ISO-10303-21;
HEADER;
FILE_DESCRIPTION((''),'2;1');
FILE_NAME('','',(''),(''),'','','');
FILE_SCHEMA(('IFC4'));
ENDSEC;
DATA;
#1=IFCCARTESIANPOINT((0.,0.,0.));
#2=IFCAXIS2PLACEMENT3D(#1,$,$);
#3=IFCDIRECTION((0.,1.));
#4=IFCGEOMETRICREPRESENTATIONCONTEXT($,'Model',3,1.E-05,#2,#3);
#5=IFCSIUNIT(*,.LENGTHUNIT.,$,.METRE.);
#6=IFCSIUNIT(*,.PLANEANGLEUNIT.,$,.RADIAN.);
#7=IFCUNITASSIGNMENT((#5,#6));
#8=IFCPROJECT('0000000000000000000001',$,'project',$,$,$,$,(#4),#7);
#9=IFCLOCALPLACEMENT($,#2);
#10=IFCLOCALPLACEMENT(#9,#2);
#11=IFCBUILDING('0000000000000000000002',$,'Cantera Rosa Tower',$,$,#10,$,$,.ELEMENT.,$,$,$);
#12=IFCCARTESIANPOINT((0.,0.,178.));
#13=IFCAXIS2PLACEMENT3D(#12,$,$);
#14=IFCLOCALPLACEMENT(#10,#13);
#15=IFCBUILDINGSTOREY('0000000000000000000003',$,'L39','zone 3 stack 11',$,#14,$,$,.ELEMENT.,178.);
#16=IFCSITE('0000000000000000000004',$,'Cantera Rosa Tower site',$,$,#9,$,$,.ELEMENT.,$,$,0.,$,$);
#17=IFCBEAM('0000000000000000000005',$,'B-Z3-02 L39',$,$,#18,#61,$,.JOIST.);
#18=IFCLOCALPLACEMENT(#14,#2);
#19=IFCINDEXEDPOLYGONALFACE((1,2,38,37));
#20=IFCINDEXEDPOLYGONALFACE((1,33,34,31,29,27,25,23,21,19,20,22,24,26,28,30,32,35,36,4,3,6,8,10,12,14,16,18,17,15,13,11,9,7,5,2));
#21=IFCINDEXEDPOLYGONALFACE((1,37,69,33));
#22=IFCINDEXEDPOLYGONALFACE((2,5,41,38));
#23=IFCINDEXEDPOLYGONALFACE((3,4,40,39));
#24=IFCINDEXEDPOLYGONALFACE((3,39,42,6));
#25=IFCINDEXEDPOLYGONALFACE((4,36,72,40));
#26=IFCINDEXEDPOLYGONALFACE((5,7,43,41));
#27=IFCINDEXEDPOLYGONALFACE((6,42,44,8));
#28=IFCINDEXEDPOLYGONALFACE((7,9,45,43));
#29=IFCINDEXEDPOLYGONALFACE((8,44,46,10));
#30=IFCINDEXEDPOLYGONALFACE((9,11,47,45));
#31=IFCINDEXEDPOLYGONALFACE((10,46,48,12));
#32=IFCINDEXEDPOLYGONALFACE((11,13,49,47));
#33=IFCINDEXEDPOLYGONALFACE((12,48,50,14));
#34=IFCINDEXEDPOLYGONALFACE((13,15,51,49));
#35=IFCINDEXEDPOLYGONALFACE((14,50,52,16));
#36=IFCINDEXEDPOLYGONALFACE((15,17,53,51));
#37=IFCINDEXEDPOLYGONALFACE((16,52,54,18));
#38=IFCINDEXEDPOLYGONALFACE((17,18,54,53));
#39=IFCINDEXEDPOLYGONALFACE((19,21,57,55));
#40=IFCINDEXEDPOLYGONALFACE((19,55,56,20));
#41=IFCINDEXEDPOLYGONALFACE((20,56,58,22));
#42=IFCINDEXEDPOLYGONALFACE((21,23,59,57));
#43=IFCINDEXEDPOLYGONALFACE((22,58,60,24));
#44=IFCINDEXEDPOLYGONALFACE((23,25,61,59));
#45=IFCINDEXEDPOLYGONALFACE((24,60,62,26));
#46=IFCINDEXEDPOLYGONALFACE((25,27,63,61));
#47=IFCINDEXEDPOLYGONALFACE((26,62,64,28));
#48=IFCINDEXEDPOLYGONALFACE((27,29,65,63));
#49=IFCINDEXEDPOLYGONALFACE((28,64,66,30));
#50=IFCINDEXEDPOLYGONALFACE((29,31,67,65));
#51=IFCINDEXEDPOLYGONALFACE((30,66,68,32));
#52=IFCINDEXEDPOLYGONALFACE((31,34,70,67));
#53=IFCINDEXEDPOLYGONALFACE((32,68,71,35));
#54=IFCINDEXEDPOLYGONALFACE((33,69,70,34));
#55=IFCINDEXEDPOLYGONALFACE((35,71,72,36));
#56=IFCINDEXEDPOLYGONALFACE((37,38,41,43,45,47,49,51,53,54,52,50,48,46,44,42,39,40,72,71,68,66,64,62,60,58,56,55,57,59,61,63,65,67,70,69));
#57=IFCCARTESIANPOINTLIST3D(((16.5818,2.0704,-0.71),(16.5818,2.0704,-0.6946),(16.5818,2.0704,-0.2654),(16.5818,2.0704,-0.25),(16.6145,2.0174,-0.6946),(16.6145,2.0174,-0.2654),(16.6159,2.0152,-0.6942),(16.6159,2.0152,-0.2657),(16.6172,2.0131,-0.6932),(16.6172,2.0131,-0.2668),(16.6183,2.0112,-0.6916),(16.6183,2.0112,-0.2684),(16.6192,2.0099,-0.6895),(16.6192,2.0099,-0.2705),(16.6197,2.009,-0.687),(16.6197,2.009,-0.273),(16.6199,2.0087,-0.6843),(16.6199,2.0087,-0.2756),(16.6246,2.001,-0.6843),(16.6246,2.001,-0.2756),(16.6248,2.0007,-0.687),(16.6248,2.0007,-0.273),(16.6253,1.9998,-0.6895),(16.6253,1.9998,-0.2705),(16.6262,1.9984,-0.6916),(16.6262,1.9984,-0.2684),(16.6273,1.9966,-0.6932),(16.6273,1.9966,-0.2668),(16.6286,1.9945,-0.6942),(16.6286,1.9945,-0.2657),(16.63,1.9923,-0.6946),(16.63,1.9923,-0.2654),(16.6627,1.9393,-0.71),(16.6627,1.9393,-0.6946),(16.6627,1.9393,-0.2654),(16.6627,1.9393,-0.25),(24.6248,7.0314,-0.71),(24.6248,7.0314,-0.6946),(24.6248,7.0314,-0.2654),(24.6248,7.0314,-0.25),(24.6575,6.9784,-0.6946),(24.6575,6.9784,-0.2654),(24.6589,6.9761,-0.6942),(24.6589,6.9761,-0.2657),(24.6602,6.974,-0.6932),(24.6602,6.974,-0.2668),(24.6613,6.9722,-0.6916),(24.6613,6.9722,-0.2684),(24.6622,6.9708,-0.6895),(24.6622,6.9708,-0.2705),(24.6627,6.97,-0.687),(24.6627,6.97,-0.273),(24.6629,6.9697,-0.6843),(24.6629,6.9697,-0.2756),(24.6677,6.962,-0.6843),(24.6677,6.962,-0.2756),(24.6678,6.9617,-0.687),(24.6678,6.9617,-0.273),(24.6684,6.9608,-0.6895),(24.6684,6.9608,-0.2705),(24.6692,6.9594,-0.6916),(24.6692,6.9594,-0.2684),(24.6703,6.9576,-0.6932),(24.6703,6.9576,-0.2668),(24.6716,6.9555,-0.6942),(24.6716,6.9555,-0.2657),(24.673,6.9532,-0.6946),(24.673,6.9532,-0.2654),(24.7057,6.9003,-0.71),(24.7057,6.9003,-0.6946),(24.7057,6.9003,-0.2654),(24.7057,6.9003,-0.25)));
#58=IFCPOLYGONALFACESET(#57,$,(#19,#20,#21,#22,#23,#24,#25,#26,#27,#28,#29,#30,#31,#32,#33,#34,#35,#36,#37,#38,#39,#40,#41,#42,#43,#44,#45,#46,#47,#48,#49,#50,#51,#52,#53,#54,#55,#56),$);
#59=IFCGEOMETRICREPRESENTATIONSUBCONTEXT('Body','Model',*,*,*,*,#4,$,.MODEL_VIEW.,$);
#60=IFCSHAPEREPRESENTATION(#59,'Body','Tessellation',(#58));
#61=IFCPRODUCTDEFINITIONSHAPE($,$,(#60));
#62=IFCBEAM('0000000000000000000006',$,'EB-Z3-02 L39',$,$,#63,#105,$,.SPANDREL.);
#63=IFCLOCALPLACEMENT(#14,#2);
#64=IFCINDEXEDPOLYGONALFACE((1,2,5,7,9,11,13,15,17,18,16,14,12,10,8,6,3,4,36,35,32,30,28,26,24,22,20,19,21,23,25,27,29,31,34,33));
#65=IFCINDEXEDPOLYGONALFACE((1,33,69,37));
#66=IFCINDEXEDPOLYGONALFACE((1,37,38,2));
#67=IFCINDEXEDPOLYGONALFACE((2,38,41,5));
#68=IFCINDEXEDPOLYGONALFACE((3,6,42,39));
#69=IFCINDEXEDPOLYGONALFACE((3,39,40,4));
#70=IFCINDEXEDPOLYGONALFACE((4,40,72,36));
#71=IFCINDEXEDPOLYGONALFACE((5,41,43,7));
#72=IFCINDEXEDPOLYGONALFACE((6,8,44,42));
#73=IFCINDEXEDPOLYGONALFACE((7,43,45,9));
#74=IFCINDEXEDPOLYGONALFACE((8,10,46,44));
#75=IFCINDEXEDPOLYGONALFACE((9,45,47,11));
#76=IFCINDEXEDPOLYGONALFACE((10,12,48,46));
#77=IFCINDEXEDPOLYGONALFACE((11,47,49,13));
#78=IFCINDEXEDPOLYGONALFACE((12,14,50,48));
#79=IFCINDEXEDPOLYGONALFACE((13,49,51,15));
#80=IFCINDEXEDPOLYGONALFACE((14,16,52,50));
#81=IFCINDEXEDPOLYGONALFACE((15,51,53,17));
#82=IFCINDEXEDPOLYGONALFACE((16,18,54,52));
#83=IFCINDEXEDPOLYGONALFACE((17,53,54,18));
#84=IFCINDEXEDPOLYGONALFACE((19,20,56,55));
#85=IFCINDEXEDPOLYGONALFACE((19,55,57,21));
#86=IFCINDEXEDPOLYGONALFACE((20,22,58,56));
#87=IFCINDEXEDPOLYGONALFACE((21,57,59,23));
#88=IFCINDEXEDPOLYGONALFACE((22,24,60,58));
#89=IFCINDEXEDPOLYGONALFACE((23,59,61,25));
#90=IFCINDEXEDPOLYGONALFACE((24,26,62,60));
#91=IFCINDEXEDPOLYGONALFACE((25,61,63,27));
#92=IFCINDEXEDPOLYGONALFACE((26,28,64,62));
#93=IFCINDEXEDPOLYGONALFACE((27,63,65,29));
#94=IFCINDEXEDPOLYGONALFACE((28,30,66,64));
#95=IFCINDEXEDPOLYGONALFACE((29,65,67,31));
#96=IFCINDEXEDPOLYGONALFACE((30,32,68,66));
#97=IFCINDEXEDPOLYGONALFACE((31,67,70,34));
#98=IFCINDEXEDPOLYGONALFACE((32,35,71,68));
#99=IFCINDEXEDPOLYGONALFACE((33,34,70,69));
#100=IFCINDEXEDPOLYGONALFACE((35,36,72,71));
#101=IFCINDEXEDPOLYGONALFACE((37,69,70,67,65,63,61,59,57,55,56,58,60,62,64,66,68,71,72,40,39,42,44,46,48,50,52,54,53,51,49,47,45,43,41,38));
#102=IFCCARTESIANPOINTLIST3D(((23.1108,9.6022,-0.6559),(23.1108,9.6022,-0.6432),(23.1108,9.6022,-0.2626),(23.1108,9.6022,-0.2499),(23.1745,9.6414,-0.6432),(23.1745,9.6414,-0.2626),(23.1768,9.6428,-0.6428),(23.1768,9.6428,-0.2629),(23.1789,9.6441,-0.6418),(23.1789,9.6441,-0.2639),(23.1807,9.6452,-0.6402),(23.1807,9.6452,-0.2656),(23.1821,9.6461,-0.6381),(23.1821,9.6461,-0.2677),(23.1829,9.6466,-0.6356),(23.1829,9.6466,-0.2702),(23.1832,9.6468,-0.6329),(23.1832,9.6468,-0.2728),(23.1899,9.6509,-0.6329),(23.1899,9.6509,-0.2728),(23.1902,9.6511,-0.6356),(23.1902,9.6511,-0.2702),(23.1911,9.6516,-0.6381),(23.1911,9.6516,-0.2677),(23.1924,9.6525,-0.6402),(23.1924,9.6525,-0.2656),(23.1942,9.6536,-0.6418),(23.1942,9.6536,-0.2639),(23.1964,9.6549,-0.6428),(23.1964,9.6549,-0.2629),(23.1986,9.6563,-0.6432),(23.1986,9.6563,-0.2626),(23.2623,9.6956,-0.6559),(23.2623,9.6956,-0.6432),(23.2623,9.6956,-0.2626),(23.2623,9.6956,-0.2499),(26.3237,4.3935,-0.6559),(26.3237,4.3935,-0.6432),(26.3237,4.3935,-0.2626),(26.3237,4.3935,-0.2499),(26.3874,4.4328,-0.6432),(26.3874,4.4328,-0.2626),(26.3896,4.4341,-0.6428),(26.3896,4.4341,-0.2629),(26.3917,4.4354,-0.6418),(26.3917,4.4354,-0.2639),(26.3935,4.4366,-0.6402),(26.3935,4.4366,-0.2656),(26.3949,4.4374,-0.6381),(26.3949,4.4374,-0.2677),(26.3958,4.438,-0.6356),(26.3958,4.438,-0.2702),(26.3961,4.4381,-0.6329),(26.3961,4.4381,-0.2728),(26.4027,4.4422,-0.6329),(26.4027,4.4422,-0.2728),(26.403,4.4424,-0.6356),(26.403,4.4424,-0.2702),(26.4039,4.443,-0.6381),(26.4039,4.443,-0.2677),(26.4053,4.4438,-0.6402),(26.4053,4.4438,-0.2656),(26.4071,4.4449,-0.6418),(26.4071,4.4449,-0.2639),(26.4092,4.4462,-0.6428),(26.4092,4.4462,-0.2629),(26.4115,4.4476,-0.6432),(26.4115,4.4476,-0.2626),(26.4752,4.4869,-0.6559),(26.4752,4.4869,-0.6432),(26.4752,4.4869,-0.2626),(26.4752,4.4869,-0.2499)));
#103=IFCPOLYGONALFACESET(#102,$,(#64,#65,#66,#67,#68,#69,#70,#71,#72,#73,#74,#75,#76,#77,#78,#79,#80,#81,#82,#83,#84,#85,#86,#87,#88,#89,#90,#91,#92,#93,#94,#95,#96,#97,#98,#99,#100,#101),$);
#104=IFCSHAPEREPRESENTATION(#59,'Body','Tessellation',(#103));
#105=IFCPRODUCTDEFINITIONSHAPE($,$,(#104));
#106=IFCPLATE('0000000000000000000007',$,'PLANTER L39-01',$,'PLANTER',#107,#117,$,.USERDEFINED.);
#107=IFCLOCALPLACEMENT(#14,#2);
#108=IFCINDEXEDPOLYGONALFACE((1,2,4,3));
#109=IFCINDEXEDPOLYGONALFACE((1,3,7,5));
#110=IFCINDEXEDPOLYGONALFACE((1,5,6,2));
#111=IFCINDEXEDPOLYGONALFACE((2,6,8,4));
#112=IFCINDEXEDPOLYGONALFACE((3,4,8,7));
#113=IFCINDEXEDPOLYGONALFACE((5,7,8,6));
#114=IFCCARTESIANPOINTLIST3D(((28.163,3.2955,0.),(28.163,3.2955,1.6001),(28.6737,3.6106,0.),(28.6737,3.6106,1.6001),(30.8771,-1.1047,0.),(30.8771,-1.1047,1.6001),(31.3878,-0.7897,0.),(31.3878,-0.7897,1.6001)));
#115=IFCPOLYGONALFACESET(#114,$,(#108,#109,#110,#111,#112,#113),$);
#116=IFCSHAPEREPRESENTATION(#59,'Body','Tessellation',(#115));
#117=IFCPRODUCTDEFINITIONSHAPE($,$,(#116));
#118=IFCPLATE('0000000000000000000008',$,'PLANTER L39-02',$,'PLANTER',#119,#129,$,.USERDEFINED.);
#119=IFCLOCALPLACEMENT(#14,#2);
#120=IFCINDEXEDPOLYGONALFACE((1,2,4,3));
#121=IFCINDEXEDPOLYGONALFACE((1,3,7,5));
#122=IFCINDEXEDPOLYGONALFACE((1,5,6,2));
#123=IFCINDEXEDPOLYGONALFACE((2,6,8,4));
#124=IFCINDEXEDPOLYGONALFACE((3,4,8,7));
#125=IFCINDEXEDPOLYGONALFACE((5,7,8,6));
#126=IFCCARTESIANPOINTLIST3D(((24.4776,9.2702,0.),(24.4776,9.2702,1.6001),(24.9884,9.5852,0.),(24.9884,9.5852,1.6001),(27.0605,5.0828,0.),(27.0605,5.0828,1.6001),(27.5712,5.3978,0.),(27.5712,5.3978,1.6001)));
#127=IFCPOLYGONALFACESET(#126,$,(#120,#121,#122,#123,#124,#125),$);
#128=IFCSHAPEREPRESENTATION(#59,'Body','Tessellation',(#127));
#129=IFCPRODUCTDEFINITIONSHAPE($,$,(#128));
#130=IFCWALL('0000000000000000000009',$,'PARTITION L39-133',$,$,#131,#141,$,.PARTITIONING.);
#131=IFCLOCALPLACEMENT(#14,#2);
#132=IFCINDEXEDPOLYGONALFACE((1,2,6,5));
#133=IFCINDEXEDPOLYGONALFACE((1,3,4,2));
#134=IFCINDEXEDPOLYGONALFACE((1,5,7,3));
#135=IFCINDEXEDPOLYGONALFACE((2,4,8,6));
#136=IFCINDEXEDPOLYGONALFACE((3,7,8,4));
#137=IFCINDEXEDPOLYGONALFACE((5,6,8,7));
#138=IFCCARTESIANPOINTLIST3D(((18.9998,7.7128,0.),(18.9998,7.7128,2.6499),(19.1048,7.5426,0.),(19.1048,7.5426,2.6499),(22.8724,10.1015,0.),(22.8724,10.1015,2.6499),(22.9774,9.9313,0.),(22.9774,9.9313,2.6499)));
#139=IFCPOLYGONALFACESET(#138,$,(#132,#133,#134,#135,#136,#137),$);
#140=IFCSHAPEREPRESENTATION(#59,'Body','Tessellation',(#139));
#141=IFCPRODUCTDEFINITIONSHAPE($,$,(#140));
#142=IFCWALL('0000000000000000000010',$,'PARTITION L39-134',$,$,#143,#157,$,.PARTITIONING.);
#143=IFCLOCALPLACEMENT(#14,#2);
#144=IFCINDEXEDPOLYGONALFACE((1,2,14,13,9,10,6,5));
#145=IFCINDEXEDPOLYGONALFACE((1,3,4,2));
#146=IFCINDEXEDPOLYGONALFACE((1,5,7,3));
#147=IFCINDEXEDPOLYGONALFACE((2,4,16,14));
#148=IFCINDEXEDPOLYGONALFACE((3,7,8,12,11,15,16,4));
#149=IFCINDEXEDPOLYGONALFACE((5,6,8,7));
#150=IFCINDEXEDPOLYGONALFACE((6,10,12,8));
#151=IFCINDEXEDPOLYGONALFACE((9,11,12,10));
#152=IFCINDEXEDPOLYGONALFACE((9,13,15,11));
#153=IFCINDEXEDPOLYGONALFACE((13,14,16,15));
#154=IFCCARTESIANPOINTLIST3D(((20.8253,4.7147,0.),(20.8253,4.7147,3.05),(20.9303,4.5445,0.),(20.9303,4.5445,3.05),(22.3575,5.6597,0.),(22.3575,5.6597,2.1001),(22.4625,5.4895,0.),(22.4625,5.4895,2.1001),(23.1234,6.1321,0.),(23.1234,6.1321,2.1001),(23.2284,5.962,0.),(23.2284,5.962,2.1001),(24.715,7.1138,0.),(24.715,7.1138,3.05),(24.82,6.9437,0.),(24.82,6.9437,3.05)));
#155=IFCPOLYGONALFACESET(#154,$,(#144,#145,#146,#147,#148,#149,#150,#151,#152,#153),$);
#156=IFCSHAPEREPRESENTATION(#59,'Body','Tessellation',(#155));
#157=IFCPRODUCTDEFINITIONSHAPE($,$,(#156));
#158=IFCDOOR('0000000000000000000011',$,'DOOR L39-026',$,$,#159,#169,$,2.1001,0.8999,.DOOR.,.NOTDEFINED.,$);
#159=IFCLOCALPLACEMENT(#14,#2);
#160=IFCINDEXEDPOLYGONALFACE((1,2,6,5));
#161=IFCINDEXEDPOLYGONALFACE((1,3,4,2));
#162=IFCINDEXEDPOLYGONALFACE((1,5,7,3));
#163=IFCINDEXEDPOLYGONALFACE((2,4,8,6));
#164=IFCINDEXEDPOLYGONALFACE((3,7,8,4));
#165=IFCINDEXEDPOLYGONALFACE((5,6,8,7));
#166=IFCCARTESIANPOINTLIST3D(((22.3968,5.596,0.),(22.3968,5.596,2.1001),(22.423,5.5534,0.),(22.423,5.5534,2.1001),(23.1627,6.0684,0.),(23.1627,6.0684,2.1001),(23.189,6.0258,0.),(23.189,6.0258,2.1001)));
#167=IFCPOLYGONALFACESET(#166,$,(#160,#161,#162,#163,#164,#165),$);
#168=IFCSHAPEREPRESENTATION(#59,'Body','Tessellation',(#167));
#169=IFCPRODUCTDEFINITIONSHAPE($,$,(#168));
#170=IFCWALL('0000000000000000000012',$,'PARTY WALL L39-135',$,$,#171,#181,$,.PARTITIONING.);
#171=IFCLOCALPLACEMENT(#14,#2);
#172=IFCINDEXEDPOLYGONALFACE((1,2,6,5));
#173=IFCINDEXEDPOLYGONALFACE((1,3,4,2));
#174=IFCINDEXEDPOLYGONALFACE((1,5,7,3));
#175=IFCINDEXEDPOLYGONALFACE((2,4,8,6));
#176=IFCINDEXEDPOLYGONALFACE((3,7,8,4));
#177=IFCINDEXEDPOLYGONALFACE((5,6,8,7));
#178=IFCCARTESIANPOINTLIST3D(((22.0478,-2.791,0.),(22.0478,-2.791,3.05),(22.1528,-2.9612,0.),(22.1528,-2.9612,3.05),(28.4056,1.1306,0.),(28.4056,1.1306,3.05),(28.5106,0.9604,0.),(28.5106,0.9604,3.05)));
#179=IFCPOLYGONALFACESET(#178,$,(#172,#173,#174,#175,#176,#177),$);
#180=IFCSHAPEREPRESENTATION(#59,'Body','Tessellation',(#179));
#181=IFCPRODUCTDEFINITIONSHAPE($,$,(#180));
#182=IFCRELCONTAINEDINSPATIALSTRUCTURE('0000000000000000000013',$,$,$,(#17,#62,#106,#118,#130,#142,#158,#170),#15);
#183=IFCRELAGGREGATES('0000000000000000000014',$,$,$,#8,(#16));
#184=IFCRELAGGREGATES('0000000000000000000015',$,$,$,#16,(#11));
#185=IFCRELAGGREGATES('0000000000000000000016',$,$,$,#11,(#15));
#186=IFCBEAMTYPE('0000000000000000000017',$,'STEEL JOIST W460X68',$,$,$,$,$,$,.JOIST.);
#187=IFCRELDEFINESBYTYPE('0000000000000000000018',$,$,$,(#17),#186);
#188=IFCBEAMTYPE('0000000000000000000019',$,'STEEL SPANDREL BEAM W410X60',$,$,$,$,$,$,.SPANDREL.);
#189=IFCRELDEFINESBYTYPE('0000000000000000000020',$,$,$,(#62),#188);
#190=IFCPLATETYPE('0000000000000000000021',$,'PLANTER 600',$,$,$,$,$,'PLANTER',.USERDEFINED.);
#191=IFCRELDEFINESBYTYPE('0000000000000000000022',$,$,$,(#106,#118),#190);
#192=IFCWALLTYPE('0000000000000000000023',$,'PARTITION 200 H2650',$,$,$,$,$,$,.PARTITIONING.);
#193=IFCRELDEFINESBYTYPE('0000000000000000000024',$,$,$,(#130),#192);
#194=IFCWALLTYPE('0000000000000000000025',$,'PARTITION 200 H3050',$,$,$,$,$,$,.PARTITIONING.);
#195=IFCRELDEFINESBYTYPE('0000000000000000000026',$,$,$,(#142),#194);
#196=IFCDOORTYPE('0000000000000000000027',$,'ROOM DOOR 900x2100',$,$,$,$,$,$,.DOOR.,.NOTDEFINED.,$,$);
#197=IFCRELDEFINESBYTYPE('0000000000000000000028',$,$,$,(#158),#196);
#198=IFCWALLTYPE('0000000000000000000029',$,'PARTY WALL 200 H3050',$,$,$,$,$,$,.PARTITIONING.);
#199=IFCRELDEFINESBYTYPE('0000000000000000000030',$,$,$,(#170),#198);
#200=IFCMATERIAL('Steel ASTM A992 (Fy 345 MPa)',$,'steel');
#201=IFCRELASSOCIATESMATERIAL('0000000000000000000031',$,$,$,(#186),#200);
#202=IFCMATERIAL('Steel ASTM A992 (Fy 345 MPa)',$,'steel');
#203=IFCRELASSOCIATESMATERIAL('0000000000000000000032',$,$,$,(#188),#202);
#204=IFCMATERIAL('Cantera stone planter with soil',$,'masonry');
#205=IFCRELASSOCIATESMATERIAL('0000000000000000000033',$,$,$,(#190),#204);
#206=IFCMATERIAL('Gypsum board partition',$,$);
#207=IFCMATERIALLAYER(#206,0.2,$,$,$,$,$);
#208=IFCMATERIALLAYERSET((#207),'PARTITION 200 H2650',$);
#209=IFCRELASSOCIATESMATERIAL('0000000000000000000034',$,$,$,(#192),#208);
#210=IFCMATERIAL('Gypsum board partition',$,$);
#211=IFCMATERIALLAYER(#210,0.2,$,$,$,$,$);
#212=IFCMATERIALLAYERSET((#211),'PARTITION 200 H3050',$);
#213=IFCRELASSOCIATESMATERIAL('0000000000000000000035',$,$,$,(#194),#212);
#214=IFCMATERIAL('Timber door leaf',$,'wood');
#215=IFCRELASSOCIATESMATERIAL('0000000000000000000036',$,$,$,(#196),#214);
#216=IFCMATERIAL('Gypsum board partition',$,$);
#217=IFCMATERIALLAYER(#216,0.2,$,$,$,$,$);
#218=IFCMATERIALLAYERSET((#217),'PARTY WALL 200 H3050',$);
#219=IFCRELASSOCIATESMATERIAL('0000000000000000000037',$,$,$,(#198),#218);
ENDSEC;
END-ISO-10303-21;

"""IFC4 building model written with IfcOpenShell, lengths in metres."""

from ifc_helpers import new_model, si_unit, direction, frame, frame_2d, origin, origin_2d, place, context, subcontext, project, spatial, rectangle, i_section, extrude, material, layer, layer_set, material_profile, profile_set, type_object, element, fill, save


model = new_model("IFC4")

# Units and contexts
model_context = context("Model", 3, precision=1e-05, world=origin(), true_north=direction((0.0, 1.0)))
body_context = subcontext(model_context, "Body", "Model", "MODEL_VIEW")
ifc_project = project(units=[si_unit("LENGTHUNIT", "METRE"), si_unit("PLANEANGLEUNIT", "RADIAN")], contexts=[model_context])

# Site, building, storey
site_placement = place(None, origin())
site = spatial("IfcSite", under=ifc_project, at=site_placement, Name="Cantera Rosa Tower site", CompositionType="ELEMENT", RefElevation=0.0)
building_placement = place(site_placement, origin())
building = spatial("IfcBuilding", under=site, at=building_placement, Name="Cantera Rosa Tower", CompositionType="ELEMENT")
storey_placement = place(building_placement, frame((0.0, 0.0, 178.0)))
storey = spatial("IfcBuildingStorey", under=building, at=storey_placement, Name="L39", Description="zone 3 stack 11", CompositionType="ELEMENT", Elevation=178.0)

# Beams
ifc_material_1 = material(Name="Steel ASTM A992 (Fy 345 MPa)", Category="steel")
ifc_material_profile_1 = material_profile(ifc_material_1, i_section(OverallWidth=0.1541, OverallDepth=0.46, WebThickness=0.009, FlangeThickness=0.0154, FilletRadius=0.0103, at=origin_2d()), Name="W460X68")
ifc_profile_set_1 = profile_set([ifc_material_profile_1], Name="Steel ASTM A992 (Fy 345 MPa)")
beam_type_1 = type_object("IfcBeamType", Name="STEEL JOIST W460X68", PredefinedType="JOIST", material=ifc_profile_set_1)
beam_1_placement = place(storey_placement, frame((24.6653, 6.9658, -0.48), z_axis=(-0.851119, -0.524974, 0.0), x_axis=(0.524974, -0.851119, 0.0)))
element("IfcBeam", 1, at=beam_1_placement, inside=storey, type_object=beam_type_1, Name="B-Z3-02 L39", PredefinedType="JOIST", context=body_context, shape_type="SweptSolid", body=[
    extrude(i_section(OverallWidth=0.1541, OverallDepth=0.46, WebThickness=0.009, FlangeThickness=0.0154, FilletRadius=0.0103, at=origin_2d()), origin(), (0.0, 0.0, 1.0), 9.45),
])
ifc_material_2 = material(Name="Steel ASTM A992 (Fy 345 MPa)", Category="steel")
ifc_material_profile_2 = material_profile(ifc_material_2, i_section(OverallWidth=0.178, OverallDepth=0.406, WebThickness=0.0078, FlangeThickness=0.0127, FilletRadius=0.0103, at=origin_2d()), Name="W410X60")
ifc_profile_set_2 = profile_set([ifc_material_profile_2], Name="Steel ASTM A992 (Fy 345 MPa)")
beam_type_2 = type_object("IfcBeamType", Name="STEEL SPANDREL BEAM W410X60", PredefinedType="SPANDREL", material=ifc_profile_set_2)
beam_2_placement = place(storey_placement, frame((26.3994, 4.4402, -0.4529), z_axis=(-0.524987, 0.85111, 0.0), x_axis=(-0.85111, -0.524987, 0.0)))
element("IfcBeam", 2, at=beam_2_placement, inside=storey, type_object=beam_type_2, Name="EB-Z3-02 L39", PredefinedType="SPANDREL", context=body_context, shape_type="SweptSolid", body=[
    extrude(i_section(OverallWidth=0.178, OverallDepth=0.406, WebThickness=0.0078, FlangeThickness=0.0127, FilletRadius=0.0103, at=origin_2d()), origin(), (0.0, 0.0, 1.0), 6.1199),
])

# Plates
ifc_material_3 = material(Name="Cantera stone planter with soil", Category="masonry")
plate_type = type_object("IfcPlateType", Name="PLANTER 600", ElementType="PLANTER", PredefinedType="USERDEFINED", material=ifc_material_3)
plate_1_placement = place(storey_placement, frame((29.7754, 1.2529, 0.0), z_axis=(0.0, 0.0, 1.0), x_axis=(-0.524977, 0.851117, 0.0)))
element("IfcPlate", 3, at=plate_1_placement, inside=storey, type_object=plate_type, Name="PLANTER L39-01", ObjectType="PLANTER", PredefinedType="USERDEFINED", context=body_context, shape_type="SweptSolid", body=[
    extrude(rectangle(XDim=5.1699, YDim=0.6001, at=origin_2d()), origin(), (0.0, 0.0, 1.0), 1.6001),
])
plate_2_placement = place(storey_placement, frame((26.0244, 7.334, 0.0), z_axis=(0.0, 0.0, 1.0), x_axis=(-0.524977, 0.851117, 0.0)))
element("IfcPlate", 4, at=plate_2_placement, inside=storey, type_object=plate_type, Name="PLANTER L39-02", ObjectType="PLANTER", PredefinedType="USERDEFINED", context=body_context, shape_type="SweptSolid", body=[
    extrude(rectangle(XDim=4.9199, YDim=0.6001, at=origin_2d()), origin(), (0.0, 0.0, 1.0), 1.6001),
])

# Wall
ifc_material_4 = material(Name="Gypsum board partition")
ifc_layer_1 = layer(ifc_material_4, 0.2)
ifc_layer_set_1 = layer_set([ifc_layer_1], Name="PARTITION 200 H2650")
wall_type_1 = type_object("IfcWallType", Name="PARTITION 200 H2650", PredefinedType="PARTITIONING", material=ifc_layer_set_1)
wall_1_placement = place(storey_placement, frame((22.9248, 10.0164, 0.0), z_axis=(0.0, 0.0, 1.0), x_axis=(-0.851113, -0.524983, 0.0)))
element("IfcWall", 5, at=wall_1_placement, inside=storey, type_object=wall_type_1, Name="PARTITION L39-133", PredefinedType="PARTITIONING", context=body_context, shape_type="SweptSolid", body=[
    extrude(rectangle(XDim=4.55, YDim=0.2, at=frame_2d((2.2749, 0.0))), origin(), (0.0, 0.0, 1.0), 2.6499),
])

# Wall, opening, door
ifc_material_5 = material(Name="Gypsum board partition")
ifc_layer_2 = layer(ifc_material_5, 0.2)
ifc_layer_set_2 = layer_set([ifc_layer_2], Name="PARTITION 200 H3050")
wall_type_2 = type_object("IfcWallType", Name="PARTITION 200 H3050", PredefinedType="PARTITIONING", material=ifc_layer_set_2)
wall_2_placement = place(storey_placement, frame((24.7676, 7.0288, 0.0), z_axis=(0.0, 0.0, 1.0), x_axis=(-0.851117, -0.524976, 0.0)))
wall_2 = element("IfcWall", 6, at=wall_2_placement, inside=storey, type_object=wall_type_2, Name="PARTITION L39-134", PredefinedType="PARTITIONING", context=body_context, shape_type="SweptSolid", body=[
    extrude(rectangle(XDim=4.5701, YDim=0.2, at=frame_2d((2.2852, 0.0))), origin(), (0.0, 0.0, 1.0), 3.05),
])
opening_1_placement = place(wall_2_placement, frame((1.8701, 0.0, 0.0)))
opening_1 = element("IfcOpeningElement", 7, at=opening_1_placement, cuts=wall_2, PredefinedType="OPENING", context=body_context, shape_type="SweptSolid", body=[
    extrude(rectangle(XDim=0.8999, YDim=2.1001, at=frame_2d((0.45, 1.05))), frame((0.0, 0.1099, 0.0), z_axis=(0.0, -1.0, 0.0), x_axis=(1.0, 0.0, 0.0)), (0.0, 0.0, 1.0), 0.22),
])
ifc_material_6 = material(Name="Timber door leaf", Category="wood")
door_type_1 = type_object("IfcDoorType", Name="ROOM DOOR 900x2100", OperationType="NOTDEFINED", PredefinedType="DOOR", material=ifc_material_6)
door_1_placement = place(opening_1_placement, origin())
door_1 = element("IfcDoor", 8, at=door_1_placement, inside=storey, type_object=door_type_1, Name="DOOR L39-026", OperationType="NOTDEFINED", OverallHeight=2.1001, OverallWidth=0.8999, PredefinedType="DOOR", context=body_context, shape_type="SweptSolid", body=[
    extrude(rectangle(XDim=0.8999, YDim=2.1001, at=frame_2d((0.45, 1.05))), frame((0.0, 0.0249, 0.0), z_axis=(0.0, -1.0, 0.0), x_axis=(1.0, 0.0, 0.0)), (0.0, 0.0, 1.0), 0.05),
])
fill(opening_1, door_1)

# Wall
ifc_material_7 = material(Name="Gypsum board partition")
ifc_layer_3 = layer(ifc_material_7, 0.2)
ifc_layer_set_3 = layer_set([ifc_layer_3], Name="PARTY WALL 200 H3050")
wall_type_3 = type_object("IfcWallType", Name="PARTY WALL 200 H3050", PredefinedType="PARTITIONING", material=ifc_layer_set_3)
wall_3_placement = place(storey_placement, frame((28.458, 1.0454, 0.0), z_axis=(0.0, 0.0, 1.0), x_axis=(-0.851116, -0.524978, 0.0)))
element("IfcWall", 9, at=wall_3_placement, inside=storey, type_object=wall_type_3, Name="PARTY WALL L39-135", PredefinedType="PARTITIONING", context=body_context, shape_type="SweptSolid", body=[
    extrude(rectangle(XDim=7.47, YDim=0.2, at=frame_2d((3.7349, 0.0))), origin(), (0.0, 0.0, 1.0), 3.05),
])

save(model, "model.ifc")
